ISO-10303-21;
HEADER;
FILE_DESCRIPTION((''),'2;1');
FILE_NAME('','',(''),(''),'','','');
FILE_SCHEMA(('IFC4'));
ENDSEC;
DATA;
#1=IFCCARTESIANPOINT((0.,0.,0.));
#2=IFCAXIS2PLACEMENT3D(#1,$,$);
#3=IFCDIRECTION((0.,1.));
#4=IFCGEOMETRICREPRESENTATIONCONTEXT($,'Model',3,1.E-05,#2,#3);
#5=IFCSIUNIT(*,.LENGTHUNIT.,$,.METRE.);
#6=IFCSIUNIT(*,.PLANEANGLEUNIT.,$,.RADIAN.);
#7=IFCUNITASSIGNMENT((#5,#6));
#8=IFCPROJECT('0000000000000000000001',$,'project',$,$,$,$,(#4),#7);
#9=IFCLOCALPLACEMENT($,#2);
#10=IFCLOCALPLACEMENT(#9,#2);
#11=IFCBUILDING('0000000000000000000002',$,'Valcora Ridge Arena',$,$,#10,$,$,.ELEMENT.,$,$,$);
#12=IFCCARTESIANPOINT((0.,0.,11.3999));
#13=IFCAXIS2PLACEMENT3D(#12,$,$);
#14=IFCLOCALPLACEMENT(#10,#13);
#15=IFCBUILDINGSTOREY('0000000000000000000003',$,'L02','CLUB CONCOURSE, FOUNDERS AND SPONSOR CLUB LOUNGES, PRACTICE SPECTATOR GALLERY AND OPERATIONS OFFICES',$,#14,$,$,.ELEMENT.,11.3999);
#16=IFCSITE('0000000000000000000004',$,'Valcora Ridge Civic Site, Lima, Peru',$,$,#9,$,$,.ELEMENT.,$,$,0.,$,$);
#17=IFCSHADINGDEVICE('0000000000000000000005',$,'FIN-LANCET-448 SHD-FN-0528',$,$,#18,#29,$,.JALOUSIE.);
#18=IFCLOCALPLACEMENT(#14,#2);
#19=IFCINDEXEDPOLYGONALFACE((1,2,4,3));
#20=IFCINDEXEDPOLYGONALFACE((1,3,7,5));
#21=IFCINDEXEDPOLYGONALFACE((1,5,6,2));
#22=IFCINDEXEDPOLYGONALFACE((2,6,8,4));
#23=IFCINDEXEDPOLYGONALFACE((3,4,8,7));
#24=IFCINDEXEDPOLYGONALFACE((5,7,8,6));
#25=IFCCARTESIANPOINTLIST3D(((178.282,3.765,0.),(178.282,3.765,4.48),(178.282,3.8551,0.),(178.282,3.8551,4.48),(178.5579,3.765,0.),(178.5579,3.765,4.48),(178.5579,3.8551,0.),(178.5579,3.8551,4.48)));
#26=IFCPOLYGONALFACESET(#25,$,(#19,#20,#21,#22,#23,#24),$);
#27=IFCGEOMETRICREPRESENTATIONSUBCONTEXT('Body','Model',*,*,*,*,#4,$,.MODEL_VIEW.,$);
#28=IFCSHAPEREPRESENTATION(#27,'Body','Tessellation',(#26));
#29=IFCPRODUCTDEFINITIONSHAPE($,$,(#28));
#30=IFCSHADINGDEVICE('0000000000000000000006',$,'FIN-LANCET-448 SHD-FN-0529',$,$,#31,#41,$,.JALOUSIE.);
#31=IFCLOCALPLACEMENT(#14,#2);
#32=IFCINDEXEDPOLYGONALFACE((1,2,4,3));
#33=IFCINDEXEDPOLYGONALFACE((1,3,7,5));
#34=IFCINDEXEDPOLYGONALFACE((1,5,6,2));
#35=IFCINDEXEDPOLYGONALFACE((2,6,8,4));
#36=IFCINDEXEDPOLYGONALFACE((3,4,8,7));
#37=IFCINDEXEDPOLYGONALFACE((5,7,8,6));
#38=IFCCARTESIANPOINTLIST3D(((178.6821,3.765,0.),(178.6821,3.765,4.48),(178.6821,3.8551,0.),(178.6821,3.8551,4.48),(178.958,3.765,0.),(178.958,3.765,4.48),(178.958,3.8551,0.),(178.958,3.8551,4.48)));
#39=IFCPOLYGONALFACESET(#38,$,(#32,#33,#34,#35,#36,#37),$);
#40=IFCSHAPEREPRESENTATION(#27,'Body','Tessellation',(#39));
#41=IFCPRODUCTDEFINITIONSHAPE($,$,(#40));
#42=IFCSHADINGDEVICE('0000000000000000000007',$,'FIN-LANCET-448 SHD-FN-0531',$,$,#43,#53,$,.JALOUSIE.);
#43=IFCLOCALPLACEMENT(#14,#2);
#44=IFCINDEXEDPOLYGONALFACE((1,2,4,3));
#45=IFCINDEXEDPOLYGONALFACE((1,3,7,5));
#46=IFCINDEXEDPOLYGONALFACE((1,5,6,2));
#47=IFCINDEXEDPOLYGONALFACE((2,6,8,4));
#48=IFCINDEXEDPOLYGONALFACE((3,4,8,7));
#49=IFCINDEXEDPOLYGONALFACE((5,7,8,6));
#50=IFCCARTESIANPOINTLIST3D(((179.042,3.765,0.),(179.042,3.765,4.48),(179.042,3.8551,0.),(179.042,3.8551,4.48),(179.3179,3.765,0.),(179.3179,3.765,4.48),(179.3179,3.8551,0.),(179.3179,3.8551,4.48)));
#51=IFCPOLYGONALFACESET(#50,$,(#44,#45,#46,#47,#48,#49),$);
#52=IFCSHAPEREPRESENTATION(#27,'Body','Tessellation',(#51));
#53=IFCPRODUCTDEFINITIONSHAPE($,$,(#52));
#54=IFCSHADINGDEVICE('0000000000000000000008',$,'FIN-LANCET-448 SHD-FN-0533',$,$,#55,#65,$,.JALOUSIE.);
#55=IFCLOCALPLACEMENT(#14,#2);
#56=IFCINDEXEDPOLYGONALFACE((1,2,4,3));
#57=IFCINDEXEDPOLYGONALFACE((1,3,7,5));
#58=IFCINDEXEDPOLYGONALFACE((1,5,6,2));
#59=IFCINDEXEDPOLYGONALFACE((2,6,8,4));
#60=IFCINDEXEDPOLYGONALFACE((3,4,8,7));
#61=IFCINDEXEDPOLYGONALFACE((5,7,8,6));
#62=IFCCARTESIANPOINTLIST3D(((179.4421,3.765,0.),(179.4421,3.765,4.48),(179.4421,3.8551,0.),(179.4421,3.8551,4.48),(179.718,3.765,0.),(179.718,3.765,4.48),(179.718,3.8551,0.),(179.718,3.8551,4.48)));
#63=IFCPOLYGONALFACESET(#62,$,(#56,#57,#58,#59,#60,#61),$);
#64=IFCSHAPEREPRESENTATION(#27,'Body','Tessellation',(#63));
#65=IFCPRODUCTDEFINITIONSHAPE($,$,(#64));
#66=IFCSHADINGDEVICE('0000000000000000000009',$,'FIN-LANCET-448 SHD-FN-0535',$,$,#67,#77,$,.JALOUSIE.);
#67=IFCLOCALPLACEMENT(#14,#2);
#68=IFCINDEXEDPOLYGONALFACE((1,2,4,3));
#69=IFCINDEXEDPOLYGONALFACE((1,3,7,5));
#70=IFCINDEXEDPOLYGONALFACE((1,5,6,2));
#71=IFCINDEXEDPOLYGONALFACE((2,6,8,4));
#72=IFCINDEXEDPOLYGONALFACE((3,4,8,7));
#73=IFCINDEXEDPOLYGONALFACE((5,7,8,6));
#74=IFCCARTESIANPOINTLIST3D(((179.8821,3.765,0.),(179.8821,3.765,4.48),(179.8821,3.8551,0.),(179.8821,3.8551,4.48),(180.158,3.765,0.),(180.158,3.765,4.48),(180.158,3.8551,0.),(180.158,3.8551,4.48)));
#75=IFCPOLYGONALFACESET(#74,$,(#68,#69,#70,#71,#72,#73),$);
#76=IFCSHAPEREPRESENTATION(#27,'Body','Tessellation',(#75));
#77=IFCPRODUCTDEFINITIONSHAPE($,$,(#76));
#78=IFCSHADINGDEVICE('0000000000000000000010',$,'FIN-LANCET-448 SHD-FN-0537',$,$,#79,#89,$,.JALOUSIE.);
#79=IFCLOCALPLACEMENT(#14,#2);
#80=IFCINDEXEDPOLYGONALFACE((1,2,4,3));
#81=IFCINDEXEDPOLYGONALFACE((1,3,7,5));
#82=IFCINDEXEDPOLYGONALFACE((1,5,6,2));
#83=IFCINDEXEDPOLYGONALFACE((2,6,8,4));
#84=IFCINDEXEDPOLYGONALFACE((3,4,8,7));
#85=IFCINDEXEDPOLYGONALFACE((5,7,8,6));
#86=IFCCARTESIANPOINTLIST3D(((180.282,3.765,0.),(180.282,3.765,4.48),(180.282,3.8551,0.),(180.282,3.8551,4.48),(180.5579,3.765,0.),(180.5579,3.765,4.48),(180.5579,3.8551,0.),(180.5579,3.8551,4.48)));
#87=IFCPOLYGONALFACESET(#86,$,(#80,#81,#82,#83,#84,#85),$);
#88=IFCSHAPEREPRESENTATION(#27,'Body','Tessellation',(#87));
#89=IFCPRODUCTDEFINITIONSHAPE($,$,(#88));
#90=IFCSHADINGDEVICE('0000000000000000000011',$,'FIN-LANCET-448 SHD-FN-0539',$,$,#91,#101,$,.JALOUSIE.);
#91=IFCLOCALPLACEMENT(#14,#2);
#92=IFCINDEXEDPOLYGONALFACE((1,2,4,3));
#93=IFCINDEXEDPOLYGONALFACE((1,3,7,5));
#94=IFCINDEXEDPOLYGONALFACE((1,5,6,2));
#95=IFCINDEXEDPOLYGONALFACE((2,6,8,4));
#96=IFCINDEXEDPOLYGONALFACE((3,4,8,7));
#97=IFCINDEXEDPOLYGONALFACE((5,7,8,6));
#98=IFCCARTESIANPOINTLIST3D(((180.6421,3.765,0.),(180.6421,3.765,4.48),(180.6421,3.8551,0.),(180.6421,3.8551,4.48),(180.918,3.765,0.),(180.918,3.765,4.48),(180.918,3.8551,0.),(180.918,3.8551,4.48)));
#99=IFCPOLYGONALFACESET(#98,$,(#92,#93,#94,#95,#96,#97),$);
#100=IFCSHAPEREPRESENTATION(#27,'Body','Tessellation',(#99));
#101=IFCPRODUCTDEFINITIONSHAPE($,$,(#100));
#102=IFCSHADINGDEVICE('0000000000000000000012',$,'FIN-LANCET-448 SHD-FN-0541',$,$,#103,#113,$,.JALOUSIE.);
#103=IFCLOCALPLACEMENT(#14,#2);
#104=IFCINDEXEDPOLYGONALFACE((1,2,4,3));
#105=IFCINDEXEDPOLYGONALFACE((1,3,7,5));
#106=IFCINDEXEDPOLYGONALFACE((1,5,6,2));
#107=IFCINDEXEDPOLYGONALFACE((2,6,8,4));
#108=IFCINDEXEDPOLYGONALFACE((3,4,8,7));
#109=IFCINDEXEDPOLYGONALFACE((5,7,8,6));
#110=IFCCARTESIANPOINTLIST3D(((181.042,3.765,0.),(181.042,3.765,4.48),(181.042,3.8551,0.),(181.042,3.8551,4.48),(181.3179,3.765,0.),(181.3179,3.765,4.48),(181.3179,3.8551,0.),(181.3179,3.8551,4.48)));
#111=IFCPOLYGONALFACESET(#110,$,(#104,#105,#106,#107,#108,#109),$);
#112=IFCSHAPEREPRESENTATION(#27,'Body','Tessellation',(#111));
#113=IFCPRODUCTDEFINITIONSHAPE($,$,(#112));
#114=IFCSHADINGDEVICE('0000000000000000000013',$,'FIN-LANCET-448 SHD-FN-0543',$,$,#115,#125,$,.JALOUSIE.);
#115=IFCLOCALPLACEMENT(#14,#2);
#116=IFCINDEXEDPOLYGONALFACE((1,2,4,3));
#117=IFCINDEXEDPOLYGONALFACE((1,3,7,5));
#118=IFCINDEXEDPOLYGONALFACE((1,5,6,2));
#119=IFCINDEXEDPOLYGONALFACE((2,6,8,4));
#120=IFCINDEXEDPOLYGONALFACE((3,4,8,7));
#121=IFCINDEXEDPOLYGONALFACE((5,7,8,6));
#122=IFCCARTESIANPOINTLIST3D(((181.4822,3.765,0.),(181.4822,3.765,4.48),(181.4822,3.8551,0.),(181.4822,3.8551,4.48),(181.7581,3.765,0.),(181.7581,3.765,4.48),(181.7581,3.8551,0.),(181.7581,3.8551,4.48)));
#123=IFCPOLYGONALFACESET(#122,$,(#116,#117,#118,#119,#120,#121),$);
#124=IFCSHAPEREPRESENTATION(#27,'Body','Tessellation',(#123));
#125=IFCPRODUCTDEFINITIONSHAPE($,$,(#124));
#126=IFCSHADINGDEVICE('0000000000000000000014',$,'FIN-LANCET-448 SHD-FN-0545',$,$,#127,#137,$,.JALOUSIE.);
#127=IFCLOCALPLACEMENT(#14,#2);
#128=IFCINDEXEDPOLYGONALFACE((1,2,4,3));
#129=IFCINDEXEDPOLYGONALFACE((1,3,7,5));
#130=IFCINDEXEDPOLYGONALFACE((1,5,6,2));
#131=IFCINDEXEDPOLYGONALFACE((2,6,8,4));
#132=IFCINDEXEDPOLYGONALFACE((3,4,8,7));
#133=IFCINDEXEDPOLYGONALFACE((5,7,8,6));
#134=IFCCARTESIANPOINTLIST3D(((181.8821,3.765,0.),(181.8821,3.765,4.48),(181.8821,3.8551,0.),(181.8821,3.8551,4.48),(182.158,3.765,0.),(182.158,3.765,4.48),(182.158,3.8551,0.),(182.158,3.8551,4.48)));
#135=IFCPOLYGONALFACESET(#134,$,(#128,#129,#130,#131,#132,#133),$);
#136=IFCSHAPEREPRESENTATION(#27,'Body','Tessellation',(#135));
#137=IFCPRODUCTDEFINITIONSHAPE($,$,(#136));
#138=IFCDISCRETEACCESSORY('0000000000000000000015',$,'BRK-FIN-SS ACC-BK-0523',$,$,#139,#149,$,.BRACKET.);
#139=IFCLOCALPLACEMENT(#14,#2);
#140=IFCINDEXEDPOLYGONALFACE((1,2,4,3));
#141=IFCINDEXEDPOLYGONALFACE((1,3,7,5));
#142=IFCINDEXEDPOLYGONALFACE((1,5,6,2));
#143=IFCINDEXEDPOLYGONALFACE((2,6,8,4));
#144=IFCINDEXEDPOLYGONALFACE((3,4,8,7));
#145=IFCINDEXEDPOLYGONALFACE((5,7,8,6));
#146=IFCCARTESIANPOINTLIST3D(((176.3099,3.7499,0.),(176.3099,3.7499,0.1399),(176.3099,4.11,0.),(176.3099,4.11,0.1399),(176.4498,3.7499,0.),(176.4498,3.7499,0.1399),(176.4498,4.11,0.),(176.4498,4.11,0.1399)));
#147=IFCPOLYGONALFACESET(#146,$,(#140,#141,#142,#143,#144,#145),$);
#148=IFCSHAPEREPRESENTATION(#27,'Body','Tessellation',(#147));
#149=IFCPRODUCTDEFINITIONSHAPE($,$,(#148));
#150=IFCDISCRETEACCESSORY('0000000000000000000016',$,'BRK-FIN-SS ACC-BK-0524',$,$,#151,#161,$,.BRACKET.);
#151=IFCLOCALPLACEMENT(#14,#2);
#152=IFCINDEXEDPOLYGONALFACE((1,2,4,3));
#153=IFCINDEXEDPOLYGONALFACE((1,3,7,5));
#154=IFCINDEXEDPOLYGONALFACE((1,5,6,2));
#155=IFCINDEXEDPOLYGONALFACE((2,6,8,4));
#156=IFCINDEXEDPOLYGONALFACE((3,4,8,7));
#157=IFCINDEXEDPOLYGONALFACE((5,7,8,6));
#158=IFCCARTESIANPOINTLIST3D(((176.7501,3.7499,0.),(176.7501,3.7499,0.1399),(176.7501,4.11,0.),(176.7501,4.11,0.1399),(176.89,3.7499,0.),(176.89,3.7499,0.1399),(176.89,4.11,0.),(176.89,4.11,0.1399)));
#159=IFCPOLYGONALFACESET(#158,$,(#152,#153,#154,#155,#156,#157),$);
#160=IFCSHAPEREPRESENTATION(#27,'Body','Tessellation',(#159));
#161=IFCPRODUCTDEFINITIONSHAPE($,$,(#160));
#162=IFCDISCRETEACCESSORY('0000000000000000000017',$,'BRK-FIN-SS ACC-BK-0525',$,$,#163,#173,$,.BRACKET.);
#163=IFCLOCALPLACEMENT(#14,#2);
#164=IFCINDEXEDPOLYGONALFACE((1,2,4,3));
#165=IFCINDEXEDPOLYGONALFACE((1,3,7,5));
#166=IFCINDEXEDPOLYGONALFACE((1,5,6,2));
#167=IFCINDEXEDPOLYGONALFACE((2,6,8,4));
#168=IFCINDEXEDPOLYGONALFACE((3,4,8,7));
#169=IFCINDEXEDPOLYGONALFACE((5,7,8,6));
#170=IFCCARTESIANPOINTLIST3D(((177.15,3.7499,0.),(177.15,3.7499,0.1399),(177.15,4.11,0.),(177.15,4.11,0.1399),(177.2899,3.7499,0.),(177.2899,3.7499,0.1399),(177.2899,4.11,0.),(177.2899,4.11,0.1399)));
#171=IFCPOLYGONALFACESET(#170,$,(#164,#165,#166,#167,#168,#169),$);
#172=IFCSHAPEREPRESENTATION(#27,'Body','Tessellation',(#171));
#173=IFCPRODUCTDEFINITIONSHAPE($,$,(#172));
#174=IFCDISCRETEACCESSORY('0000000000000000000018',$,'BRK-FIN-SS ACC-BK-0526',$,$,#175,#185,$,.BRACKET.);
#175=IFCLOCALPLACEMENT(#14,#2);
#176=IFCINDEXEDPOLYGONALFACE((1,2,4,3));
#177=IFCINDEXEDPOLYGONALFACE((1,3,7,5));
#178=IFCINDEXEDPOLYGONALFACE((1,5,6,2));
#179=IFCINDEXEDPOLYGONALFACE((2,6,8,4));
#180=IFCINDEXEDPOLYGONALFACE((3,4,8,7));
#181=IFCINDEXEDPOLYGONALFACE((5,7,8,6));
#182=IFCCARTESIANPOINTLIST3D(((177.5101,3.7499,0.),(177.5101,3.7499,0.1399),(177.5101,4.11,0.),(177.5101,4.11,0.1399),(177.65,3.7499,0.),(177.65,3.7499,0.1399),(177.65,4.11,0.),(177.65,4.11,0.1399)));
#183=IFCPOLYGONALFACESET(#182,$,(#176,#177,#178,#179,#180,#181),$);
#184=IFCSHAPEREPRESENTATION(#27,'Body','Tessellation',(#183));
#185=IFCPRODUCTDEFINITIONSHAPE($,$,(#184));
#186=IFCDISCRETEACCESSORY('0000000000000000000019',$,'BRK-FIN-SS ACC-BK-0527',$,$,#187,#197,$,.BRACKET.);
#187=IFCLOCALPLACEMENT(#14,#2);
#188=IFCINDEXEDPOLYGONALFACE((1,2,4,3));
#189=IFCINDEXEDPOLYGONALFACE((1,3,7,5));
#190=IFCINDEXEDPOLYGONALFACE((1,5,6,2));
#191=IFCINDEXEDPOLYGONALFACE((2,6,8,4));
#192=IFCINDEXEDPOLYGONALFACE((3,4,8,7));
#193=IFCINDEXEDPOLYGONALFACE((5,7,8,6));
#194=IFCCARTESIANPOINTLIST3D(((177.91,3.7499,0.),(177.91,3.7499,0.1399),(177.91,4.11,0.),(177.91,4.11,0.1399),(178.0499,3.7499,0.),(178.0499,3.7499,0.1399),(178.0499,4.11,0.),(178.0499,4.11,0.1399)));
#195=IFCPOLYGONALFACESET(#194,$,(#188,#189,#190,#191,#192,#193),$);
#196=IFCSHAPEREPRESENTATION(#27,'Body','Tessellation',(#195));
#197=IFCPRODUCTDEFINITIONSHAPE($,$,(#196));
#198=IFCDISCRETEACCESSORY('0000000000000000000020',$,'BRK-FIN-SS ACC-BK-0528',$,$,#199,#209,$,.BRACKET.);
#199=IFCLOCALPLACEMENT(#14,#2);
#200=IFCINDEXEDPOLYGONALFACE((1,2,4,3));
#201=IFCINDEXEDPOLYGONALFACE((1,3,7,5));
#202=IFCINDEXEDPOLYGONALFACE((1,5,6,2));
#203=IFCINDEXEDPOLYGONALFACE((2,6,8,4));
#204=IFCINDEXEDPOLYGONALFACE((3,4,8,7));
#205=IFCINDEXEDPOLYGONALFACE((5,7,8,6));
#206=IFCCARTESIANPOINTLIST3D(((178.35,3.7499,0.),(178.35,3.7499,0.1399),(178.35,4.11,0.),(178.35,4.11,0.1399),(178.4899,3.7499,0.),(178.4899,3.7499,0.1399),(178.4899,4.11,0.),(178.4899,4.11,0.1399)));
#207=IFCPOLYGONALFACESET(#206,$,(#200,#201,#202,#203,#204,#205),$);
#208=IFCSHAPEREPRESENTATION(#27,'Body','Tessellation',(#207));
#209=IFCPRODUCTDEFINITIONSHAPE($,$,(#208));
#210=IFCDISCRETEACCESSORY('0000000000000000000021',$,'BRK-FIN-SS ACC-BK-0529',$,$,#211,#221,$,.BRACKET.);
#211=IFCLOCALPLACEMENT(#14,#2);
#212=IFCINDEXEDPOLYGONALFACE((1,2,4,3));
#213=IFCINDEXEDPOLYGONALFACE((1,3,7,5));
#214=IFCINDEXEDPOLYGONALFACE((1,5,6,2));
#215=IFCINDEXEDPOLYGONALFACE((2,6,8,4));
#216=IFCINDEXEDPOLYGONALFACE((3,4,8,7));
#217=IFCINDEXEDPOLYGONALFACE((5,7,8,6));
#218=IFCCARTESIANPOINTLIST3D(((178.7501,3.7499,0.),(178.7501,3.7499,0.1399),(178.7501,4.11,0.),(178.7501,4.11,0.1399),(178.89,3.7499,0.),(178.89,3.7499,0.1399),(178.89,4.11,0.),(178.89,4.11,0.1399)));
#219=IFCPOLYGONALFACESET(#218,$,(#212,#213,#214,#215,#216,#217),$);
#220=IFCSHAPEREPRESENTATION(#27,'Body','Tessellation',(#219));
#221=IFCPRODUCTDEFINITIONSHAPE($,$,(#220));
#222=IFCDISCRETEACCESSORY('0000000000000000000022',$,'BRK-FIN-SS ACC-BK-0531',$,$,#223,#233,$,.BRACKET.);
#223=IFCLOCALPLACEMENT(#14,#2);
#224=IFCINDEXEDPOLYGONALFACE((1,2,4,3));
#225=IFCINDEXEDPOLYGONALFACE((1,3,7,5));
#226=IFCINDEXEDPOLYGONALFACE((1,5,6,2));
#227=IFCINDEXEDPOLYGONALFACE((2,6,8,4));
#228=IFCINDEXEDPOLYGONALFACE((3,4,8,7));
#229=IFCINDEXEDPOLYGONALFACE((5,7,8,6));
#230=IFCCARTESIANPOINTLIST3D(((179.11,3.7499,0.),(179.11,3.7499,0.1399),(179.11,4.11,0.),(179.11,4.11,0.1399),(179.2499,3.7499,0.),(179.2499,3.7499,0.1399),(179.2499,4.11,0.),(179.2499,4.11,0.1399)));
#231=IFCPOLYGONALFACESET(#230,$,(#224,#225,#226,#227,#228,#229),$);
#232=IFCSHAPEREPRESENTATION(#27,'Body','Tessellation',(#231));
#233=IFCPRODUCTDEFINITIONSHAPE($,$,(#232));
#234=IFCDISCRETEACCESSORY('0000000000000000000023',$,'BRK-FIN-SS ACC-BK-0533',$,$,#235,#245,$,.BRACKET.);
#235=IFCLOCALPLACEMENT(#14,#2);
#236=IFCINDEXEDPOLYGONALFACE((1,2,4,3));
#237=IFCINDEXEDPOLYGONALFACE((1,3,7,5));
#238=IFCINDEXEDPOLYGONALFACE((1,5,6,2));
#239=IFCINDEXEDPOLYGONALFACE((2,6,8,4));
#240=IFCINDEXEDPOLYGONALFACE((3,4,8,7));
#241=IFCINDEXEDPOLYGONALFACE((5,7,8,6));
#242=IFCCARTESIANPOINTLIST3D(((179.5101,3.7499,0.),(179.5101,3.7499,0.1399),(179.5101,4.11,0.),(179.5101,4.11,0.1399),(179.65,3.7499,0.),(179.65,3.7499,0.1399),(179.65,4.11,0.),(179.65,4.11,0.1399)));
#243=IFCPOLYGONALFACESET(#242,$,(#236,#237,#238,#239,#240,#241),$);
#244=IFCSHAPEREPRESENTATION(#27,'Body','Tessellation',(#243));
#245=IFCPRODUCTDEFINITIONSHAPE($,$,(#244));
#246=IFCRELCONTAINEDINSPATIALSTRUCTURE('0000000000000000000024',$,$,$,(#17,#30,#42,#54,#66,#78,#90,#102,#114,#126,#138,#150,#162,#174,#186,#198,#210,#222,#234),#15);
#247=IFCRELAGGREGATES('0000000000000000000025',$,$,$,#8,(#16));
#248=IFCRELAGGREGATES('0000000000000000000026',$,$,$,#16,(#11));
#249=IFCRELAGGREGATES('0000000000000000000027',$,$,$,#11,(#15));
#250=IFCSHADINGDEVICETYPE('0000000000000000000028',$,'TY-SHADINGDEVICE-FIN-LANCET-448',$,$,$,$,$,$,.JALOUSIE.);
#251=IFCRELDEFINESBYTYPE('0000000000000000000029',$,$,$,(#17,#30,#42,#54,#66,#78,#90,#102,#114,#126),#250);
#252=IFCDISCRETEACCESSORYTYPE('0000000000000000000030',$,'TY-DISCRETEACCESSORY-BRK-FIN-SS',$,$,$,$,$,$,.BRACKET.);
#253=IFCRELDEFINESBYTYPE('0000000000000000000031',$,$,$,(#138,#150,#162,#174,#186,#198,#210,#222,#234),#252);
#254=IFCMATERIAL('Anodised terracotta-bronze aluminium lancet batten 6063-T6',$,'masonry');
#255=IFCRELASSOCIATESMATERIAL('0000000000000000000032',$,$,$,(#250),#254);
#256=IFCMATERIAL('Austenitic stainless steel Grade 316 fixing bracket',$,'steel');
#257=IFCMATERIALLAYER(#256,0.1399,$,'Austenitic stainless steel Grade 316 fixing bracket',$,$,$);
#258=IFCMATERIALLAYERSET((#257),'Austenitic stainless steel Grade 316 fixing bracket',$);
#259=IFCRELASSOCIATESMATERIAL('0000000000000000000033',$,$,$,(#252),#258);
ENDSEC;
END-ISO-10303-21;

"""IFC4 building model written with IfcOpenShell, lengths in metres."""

from ifc_helpers import new_model, si_unit, direction, frame, origin, origin_2d, place, context, subcontext, project, spatial, rectangle, extrude, material, layer, layer_set, material_profile, profile_set, type_object, element, save


model = new_model("IFC4")

# Units and contexts
model_context = context("Model", 3, precision=1e-05, world=origin(), true_north=direction((0.0, 1.0)))
body_context = subcontext(model_context, "Body", "Model", "MODEL_VIEW")
ifc_project = project(units=[si_unit("LENGTHUNIT", "METRE"), si_unit("PLANEANGLEUNIT", "RADIAN")], contexts=[model_context])

# Site, building, storey
site_placement = place(None, origin())
site = spatial("IfcSite", under=ifc_project, at=site_placement, Name="Valcora Ridge Civic Site, Lima, Peru", CompositionType="ELEMENT", RefElevation=0.0)
building_placement = place(site_placement, origin())
building = spatial("IfcBuilding", under=site, at=building_placement, Name="Valcora Ridge Arena", CompositionType="ELEMENT")
storey_placement = place(building_placement, frame((0.0, 0.0, 11.3999)))
storey = spatial("IfcBuildingStorey", under=building, at=storey_placement, Name="L02", Description="CLUB CONCOURSE, FOUNDERS AND SPONSOR CLUB LOUNGES, PRACTICE SPECTATOR GALLERY AND OPERATIONS OFFICES", CompositionType="ELEMENT", Elevation=11.3999)

# Shading devices
ifc_material_1 = material(Name="Anodised terracotta-bronze aluminium lancet batten 6063-T6", Category="masonry")
ifc_material_profile_1 = material_profile(ifc_material_1, rectangle(XDim=0.0901, YDim=0.2759, at=origin_2d()), Name="ALU LANCET BATTEN 90x276")
ifc_profile_set_1 = profile_set([ifc_material_profile_1], Name="Anodised terracotta-bronze aluminium lancet batten 6063-T6")
shading_device_type = type_object("IfcShadingDeviceType", Name="TY-SHADINGDEVICE-FIN-LANCET-448", PredefinedType="JALOUSIE", material=ifc_profile_set_1)
for number, where, z_axis, x_axis, name in (
    (1, (178.4199, 3.8101, 0.0), (0.0, 0.0, 1.0), (0.0, 1.0, 0.0), "FIN-LANCET-448 SHD-FN-0528"),
    (2, (178.8201, 3.8101, 0.0), (0.0, 0.0, 1.0), (0.0, 1.0, 0.0), "FIN-LANCET-448 SHD-FN-0529"),
    (3, (179.1799, 3.8101, 0.0), (0.0, 0.0, 1.0), (0.0, 1.0, 0.0), "FIN-LANCET-448 SHD-FN-0531"),
    (4, (179.5801, 3.8101, 0.0), (0.0, 0.0, 1.0), (0.0, 1.0, 0.0), "FIN-LANCET-448 SHD-FN-0533"),
    (5, (180.02, 3.8101, 0.0), (0.0, 0.0, 1.0), (0.0, 1.0, 0.0), "FIN-LANCET-448 SHD-FN-0535"),
    (6, (180.4199, 3.8101, 0.0), (0.0, 0.0, 1.0), (0.0, 1.0, 0.0), "FIN-LANCET-448 SHD-FN-0537"),
    (7, (180.78, 3.8101, 0.0), (0.0, 0.0, 1.0), (0.0, 1.0, 0.0), "FIN-LANCET-448 SHD-FN-0539"),
    (8, (181.1799, 3.8101, 0.0), (0.0, 0.0, 1.0), (0.0, 1.0, 0.0), "FIN-LANCET-448 SHD-FN-0541"),
    (9, (181.6201, 3.8101, 0.0), (0.0, 0.0, 1.0), (0.0, 1.0, 0.0), "FIN-LANCET-448 SHD-FN-0543"),
    (10, (182.02, 3.8101, 0.0), (0.0, 0.0, 1.0), (0.0, 1.0, 0.0), "FIN-LANCET-448 SHD-FN-0545"),
):
    element("IfcShadingDevice", number, at=place(storey_placement, frame(where, z_axis=z_axis, x_axis=x_axis)), inside=storey, type_object=shading_device_type, Name=name, PredefinedType="JALOUSIE", context=body_context, shape_type="SweptSolid", body=[
        extrude(rectangle(XDim=0.0901, YDim=0.2759, at=origin_2d()), origin(), (0.0, 0.0, 1.0), 4.48),
    ])

# Discrete accessories
ifc_material_2 = material(Name="Austenitic stainless steel Grade 316 fixing bracket", Category="steel")
ifc_layer_1 = layer(ifc_material_2, 0.1399, Name="Austenitic stainless steel Grade 316 fixing bracket")
ifc_layer_set_1 = layer_set([ifc_layer_1], Name="Austenitic stainless steel Grade 316 fixing bracket")
discrete_accessory_type = type_object("IfcDiscreteAccessoryType", Name="TY-DISCRETEACCESSORY-BRK-FIN-SS", PredefinedType="BRACKET", material=ifc_layer_set_1)
for number, where, z_axis, x_axis, name in (
    (11, (176.3799, 3.9299, 0.0), (0.0, 0.0, 1.0), (0.0, 1.0, 0.0), "BRK-FIN-SS ACC-BK-0523"),
    (12, (176.8201, 3.9299, 0.0), (0.0, 0.0, 1.0), (0.0, 1.0, 0.0), "BRK-FIN-SS ACC-BK-0524"),
    (13, (177.22, 3.9299, 0.0), (0.0, 0.0, 1.0), (0.0, 1.0, 0.0), "BRK-FIN-SS ACC-BK-0525"),
    (14, (177.5801, 3.9299, 0.0), (0.0, 0.0, 1.0), (0.0, 1.0, 0.0), "BRK-FIN-SS ACC-BK-0526"),
    (15, (177.98, 3.9299, 0.0), (0.0, 0.0, 1.0), (0.0, 1.0, 0.0), "BRK-FIN-SS ACC-BK-0527"),
    (16, (178.4199, 3.9299, 0.0), (0.0, 0.0, 1.0), (0.0, 1.0, 0.0), "BRK-FIN-SS ACC-BK-0528"),
    (17, (178.8201, 3.9299, 0.0), (0.0, 0.0, 1.0), (0.0, 1.0, 0.0), "BRK-FIN-SS ACC-BK-0529"),
    (18, (179.1799, 3.9299, 0.0), (0.0, 0.0, 1.0), (0.0, 1.0, 0.0), "BRK-FIN-SS ACC-BK-0531"),
    (19, (179.5801, 3.9299, 0.0), (0.0, 0.0, 1.0), (0.0, 1.0, 0.0), "BRK-FIN-SS ACC-BK-0533"),
):
    element("IfcDiscreteAccessory", number, at=place(storey_placement, frame(where, z_axis=z_axis, x_axis=x_axis)), inside=storey, type_object=discrete_accessory_type, Name=name, PredefinedType="BRACKET", context=body_context, shape_type="SweptSolid", body=[
        extrude(rectangle(XDim=0.3601, YDim=0.1399, at=origin_2d()), origin(), (0.0, 0.0, 1.0), 0.1399),
    ])

save(model, "model.ifc")
